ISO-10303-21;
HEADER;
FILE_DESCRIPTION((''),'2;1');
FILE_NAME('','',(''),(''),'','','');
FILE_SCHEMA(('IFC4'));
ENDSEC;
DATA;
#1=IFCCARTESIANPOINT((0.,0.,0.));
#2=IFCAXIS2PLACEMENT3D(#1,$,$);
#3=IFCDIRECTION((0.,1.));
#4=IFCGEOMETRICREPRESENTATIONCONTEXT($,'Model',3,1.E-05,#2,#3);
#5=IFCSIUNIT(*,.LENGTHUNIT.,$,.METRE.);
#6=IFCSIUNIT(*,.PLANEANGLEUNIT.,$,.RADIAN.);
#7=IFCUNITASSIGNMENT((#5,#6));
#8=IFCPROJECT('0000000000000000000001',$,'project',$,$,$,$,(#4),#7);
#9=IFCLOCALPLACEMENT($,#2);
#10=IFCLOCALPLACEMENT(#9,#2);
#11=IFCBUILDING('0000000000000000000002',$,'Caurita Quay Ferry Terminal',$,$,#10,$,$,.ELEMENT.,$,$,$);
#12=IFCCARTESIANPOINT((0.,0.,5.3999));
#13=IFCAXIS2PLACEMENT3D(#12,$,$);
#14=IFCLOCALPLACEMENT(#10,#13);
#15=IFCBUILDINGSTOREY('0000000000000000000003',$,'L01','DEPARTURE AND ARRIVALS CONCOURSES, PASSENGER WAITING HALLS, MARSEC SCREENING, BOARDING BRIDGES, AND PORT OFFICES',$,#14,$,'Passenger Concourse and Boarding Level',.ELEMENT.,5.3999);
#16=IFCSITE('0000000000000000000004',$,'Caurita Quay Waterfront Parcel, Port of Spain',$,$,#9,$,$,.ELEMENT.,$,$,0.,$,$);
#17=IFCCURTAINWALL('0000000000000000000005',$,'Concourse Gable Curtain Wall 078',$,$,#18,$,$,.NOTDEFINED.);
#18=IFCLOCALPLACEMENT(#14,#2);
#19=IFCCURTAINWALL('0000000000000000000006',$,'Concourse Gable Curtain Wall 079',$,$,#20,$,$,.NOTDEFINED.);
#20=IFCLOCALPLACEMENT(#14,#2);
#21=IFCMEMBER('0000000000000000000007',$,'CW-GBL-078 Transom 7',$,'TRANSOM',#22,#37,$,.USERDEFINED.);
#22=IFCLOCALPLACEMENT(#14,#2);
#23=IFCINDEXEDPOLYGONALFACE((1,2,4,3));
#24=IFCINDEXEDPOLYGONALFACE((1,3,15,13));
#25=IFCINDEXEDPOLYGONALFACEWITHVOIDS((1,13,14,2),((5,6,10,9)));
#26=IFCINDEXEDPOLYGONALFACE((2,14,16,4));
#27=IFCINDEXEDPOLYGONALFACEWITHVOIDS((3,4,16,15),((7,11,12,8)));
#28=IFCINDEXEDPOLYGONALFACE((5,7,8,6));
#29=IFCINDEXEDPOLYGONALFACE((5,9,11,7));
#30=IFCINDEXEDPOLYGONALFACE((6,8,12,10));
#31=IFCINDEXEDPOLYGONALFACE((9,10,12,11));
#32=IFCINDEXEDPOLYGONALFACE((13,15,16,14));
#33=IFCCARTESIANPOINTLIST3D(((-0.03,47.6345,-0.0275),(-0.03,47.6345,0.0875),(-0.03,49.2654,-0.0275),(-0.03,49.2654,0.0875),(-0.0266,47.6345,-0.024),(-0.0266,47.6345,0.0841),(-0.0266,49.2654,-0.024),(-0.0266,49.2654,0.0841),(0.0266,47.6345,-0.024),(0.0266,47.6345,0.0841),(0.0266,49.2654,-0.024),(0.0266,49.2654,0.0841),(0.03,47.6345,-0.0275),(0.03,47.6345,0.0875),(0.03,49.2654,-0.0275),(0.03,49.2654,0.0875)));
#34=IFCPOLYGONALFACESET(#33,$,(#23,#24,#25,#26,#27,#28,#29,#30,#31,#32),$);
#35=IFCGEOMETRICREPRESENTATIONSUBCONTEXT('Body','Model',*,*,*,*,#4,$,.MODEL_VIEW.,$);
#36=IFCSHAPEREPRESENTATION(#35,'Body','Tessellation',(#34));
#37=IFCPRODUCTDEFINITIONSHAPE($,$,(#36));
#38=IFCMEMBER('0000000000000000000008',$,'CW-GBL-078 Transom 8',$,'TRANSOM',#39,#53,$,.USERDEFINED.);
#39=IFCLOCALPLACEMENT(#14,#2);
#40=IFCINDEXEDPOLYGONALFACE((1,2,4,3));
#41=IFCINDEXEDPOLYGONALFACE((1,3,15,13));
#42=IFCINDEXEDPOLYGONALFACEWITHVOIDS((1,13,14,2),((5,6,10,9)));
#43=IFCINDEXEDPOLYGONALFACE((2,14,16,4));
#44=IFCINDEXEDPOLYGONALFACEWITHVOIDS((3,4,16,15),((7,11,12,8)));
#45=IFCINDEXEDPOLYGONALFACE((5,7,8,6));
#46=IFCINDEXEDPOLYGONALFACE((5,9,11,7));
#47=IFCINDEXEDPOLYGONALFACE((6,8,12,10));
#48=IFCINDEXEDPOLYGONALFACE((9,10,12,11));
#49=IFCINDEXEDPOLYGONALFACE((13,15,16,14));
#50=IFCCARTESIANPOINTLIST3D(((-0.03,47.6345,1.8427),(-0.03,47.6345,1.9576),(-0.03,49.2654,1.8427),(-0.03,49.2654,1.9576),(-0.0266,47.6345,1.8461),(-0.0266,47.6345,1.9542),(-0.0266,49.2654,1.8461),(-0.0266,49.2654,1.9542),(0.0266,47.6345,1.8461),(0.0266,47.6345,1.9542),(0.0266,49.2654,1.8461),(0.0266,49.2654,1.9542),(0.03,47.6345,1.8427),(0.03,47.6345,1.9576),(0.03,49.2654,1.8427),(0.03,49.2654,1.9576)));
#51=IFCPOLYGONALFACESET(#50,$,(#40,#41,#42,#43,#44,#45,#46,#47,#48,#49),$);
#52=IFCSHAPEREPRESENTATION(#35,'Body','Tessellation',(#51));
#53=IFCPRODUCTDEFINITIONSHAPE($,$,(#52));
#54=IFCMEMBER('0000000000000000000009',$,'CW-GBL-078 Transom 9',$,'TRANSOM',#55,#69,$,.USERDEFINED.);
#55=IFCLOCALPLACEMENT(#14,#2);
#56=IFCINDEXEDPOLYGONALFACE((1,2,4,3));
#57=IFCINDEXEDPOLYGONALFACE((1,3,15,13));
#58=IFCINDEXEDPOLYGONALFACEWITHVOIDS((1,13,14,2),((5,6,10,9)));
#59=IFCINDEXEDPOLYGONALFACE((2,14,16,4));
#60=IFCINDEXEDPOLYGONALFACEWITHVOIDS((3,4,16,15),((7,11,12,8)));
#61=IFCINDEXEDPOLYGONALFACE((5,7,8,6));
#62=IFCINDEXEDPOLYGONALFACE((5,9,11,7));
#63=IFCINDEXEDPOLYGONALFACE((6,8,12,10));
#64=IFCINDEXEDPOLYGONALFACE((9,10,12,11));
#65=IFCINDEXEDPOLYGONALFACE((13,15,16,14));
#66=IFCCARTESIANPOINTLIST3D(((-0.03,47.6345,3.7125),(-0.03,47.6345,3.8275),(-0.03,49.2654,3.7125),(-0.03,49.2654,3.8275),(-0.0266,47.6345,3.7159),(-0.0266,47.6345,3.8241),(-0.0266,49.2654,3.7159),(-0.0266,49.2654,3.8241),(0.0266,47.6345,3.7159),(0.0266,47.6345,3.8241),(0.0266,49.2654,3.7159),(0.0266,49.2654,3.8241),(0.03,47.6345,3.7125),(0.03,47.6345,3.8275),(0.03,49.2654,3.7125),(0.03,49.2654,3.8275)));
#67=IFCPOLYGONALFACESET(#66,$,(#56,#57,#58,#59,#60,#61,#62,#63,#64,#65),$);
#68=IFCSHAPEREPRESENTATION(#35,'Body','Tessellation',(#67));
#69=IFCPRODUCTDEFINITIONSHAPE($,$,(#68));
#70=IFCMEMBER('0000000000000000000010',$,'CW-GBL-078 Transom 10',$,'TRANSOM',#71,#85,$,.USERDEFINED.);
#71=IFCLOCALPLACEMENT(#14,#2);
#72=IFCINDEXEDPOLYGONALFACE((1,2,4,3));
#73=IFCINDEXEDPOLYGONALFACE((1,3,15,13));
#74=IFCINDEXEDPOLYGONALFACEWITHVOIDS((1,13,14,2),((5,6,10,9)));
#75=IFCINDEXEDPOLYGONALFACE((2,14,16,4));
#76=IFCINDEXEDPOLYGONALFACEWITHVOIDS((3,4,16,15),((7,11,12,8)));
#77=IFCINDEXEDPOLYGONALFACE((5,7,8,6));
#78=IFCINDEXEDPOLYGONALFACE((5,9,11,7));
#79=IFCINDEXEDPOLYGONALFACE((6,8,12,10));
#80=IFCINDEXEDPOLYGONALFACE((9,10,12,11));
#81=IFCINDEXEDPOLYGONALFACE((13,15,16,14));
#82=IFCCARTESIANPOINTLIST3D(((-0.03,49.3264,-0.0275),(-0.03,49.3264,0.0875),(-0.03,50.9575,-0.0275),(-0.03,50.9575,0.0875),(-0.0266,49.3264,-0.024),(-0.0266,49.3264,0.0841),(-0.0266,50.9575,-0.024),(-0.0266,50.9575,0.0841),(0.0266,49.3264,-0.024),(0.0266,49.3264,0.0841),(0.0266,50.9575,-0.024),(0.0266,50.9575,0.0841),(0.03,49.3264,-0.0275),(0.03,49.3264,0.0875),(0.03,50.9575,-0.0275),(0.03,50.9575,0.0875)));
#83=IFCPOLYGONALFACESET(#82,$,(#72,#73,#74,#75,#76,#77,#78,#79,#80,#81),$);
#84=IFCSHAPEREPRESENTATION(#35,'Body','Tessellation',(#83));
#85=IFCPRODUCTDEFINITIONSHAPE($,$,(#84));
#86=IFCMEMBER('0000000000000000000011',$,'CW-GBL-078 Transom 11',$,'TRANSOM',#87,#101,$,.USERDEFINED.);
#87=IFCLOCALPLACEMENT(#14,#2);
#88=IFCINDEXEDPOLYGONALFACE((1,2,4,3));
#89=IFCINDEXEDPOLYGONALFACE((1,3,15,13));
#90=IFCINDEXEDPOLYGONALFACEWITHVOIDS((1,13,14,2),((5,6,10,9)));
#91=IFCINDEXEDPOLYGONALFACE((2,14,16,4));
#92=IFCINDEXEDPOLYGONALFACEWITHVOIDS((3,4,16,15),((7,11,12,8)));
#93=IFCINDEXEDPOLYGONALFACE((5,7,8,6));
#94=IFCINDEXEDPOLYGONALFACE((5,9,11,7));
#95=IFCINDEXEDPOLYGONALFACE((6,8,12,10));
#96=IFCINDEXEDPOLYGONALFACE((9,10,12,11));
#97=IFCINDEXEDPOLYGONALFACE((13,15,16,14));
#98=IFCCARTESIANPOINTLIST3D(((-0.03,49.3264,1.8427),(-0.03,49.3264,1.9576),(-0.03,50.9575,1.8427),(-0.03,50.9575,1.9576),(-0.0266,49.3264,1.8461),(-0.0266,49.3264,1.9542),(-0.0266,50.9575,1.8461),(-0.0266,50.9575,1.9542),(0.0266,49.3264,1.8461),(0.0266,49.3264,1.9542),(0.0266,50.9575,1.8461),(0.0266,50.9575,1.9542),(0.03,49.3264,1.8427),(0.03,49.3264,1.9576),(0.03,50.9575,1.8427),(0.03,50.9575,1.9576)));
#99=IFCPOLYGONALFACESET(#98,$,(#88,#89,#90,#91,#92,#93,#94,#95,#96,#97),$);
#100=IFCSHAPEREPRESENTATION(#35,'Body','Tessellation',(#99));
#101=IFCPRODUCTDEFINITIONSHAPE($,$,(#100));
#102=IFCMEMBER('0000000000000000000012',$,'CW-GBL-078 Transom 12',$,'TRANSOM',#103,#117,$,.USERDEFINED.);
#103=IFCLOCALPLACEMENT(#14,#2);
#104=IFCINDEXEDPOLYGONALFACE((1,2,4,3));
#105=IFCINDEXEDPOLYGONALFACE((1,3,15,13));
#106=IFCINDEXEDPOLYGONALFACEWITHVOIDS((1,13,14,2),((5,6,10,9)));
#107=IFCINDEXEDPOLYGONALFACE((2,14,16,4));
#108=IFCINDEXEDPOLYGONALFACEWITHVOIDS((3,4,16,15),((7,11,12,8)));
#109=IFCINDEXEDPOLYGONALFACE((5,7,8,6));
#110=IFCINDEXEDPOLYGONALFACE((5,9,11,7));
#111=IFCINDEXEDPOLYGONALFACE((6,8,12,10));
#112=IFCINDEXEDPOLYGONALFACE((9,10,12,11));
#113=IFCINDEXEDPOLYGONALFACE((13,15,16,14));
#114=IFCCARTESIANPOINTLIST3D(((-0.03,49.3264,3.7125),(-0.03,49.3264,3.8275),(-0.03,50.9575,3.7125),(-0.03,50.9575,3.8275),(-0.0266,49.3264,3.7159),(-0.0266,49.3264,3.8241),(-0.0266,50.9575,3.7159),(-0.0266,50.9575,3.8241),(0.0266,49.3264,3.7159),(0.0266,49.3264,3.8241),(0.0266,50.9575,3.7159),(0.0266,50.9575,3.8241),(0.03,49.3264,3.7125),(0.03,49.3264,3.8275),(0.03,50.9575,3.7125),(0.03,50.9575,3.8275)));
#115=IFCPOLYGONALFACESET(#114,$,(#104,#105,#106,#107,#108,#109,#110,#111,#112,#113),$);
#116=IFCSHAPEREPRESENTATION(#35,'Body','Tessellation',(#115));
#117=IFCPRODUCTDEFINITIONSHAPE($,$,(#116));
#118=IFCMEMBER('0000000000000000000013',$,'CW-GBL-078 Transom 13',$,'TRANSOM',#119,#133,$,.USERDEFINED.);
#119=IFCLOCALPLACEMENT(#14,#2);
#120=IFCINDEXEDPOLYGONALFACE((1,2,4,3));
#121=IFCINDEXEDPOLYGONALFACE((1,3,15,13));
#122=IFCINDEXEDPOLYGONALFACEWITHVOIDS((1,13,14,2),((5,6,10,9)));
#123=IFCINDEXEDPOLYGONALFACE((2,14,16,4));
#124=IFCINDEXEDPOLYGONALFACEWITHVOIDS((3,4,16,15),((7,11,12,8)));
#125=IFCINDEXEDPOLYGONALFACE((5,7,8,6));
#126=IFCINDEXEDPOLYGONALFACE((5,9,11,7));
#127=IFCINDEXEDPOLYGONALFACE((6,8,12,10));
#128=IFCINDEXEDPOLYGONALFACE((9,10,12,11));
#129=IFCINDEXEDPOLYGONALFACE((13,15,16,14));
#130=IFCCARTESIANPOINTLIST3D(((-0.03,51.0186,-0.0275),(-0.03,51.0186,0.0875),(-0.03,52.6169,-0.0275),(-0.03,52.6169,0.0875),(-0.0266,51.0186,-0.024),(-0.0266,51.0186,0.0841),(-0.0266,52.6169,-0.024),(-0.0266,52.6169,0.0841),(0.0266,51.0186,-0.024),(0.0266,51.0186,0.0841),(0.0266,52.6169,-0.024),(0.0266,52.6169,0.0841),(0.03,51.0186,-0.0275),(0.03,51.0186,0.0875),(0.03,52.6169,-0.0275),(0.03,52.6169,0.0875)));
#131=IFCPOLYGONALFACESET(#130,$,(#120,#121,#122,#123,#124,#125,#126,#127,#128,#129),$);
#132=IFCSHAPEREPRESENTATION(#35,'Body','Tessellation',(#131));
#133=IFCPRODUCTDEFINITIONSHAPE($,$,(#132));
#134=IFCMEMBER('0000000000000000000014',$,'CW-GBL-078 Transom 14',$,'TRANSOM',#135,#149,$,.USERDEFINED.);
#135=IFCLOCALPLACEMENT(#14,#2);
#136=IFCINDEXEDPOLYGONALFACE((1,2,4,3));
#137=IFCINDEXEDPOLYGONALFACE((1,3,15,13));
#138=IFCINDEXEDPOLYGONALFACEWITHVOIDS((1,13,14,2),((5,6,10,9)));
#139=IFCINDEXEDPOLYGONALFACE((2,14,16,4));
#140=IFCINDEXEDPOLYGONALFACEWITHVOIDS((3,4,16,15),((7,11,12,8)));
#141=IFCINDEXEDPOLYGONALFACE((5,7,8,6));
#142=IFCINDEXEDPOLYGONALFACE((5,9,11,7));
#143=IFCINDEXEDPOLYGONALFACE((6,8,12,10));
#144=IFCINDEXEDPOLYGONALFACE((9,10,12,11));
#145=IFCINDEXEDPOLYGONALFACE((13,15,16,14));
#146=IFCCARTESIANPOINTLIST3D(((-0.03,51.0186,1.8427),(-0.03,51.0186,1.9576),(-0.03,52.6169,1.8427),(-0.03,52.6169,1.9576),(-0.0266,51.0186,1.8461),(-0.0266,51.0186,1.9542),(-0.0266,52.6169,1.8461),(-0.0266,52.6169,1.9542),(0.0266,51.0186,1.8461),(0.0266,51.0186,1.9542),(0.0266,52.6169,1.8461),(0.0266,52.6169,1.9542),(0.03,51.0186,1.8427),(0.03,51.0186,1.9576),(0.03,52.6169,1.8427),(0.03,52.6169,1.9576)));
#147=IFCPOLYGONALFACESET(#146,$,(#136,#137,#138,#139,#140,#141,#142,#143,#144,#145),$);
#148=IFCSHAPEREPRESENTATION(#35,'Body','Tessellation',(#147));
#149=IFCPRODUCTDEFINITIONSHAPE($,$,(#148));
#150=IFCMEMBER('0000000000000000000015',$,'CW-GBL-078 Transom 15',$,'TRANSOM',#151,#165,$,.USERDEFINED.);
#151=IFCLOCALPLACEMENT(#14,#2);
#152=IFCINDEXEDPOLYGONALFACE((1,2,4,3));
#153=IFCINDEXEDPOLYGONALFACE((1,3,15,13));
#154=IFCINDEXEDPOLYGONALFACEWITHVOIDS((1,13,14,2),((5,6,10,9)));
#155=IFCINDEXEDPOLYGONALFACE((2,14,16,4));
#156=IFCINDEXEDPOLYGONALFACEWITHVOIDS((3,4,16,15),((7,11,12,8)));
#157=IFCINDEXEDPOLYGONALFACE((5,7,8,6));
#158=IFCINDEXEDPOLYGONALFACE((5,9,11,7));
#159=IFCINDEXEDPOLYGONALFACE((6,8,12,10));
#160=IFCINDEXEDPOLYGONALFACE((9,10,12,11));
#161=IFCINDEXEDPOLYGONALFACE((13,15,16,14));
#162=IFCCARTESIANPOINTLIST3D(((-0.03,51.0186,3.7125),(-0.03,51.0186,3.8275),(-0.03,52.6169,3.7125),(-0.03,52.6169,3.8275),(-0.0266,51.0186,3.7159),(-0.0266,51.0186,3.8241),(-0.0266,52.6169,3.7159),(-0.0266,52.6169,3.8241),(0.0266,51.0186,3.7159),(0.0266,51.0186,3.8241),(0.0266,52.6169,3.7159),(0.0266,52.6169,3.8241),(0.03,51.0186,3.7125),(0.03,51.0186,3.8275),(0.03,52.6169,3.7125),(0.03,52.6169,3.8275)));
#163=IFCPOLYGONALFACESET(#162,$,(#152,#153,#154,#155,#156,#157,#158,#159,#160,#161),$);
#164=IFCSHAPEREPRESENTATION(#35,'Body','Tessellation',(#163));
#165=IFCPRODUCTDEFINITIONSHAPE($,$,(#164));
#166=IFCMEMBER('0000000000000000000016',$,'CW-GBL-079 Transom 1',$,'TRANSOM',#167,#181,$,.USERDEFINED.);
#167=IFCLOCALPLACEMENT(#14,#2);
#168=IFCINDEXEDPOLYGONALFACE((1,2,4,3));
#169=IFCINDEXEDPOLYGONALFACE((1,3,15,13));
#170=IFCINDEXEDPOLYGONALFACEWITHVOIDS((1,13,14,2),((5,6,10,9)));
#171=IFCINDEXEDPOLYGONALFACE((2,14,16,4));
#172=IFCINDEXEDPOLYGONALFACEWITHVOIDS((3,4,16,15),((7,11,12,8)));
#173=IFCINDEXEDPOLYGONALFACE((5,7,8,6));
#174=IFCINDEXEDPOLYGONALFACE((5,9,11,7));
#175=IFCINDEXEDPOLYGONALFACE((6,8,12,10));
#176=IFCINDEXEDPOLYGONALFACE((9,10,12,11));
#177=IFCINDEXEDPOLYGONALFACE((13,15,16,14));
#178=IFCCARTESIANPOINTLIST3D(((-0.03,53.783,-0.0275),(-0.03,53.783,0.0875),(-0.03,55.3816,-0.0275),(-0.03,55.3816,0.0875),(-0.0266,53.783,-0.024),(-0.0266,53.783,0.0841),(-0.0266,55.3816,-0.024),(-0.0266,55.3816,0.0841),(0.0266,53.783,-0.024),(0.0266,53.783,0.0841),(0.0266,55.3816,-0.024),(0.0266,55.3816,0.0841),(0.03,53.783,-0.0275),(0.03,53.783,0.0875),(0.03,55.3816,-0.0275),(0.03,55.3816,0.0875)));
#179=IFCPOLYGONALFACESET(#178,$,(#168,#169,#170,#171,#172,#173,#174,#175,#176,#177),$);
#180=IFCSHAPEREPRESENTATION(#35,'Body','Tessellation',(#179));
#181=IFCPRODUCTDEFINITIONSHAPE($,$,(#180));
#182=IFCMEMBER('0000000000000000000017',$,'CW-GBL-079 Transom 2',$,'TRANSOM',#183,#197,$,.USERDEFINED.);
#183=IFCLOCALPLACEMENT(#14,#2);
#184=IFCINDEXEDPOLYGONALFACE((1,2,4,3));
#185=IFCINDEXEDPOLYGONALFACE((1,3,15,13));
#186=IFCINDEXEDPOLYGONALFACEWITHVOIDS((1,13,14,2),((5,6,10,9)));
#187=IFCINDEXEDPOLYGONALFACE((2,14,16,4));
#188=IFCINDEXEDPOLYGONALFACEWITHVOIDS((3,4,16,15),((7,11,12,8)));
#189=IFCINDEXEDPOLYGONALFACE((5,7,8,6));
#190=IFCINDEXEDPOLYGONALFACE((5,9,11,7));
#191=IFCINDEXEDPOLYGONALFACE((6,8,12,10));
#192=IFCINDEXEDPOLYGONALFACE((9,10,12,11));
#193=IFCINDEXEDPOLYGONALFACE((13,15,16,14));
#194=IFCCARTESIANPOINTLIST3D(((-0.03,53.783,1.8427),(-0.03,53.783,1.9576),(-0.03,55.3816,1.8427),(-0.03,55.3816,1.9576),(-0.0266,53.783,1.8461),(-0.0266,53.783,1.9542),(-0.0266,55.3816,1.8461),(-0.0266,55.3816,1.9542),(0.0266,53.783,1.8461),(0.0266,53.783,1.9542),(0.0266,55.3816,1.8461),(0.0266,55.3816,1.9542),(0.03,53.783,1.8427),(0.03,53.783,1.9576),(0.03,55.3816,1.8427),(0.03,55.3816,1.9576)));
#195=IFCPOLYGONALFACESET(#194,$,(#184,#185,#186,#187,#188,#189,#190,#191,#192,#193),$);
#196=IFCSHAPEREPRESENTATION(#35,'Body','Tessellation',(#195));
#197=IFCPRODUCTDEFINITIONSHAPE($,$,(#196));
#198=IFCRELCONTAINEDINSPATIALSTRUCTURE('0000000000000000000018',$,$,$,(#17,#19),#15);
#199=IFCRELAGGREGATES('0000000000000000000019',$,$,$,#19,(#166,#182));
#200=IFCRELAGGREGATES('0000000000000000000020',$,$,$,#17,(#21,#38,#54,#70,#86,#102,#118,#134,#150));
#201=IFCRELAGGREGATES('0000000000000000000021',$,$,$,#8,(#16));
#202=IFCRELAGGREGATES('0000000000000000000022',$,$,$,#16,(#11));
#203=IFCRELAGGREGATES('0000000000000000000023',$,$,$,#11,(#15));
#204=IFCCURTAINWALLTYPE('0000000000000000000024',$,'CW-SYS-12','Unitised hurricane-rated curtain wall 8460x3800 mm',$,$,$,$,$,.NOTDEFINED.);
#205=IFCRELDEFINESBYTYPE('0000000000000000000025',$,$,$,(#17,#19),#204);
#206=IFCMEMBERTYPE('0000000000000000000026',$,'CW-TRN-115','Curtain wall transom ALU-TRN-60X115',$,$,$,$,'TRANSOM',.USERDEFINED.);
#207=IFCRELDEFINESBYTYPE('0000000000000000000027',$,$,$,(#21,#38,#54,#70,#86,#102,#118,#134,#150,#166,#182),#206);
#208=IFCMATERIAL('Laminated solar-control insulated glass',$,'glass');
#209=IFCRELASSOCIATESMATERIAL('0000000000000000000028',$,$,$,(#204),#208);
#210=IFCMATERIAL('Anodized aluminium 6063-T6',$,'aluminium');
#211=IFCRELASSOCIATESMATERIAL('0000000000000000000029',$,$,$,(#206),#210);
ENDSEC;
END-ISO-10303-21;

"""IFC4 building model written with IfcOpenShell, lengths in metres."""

from ifc_helpers import new_model, si_unit, direction, frame, origin, origin_2d, place, context, subcontext, project, spatial, hollow_rectangle, extrude, material, material_profile, profile_set, type_object, element, aggregate, save


model = new_model("IFC4")

# Units and contexts
model_context = context("Model", 3, precision=1e-05, world=origin(), true_north=direction((0.0, 1.0)))
body_context = subcontext(model_context, "Body", "Model", "MODEL_VIEW")
ifc_project = project(units=[si_unit("LENGTHUNIT", "METRE"), si_unit("PLANEANGLEUNIT", "RADIAN")], contexts=[model_context])

# Site, building, storey
site_placement = place(None, origin())
site = spatial("IfcSite", under=ifc_project, at=site_placement, Name="Caurita Quay Waterfront Parcel, Port of Spain", CompositionType="ELEMENT", RefElevation=0.0)
building_placement = place(site_placement, origin())
building = spatial("IfcBuilding", under=site, at=building_placement, Name="Caurita Quay Ferry Terminal", CompositionType="ELEMENT")
storey_placement = place(building_placement, frame((0.0, 0.0, 5.3999)))
storey = spatial("IfcBuildingStorey", under=building, at=storey_placement, Name="L01", Description="DEPARTURE AND ARRIVALS CONCOURSES, PASSENGER WAITING HALLS, MARSEC SCREENING, BOARDING BRIDGES, AND PORT OFFICES", LongName="Passenger Concourse and Boarding Level", CompositionType="ELEMENT", Elevation=5.3999)

# Curtain wall
ifc_material_1 = material(Name="Laminated solar-control insulated glass", Category="glass")
curtain_wall_type = type_object("IfcCurtainWallType", Name="CW-SYS-12", Description="Unitised hurricane-rated curtain wall 8460x3800 mm", PredefinedType="NOTDEFINED", material=ifc_material_1)
curtain_wall_1_placement = place(storey_placement, origin())
curtain_wall_1 = element("IfcCurtainWall", 1, at=curtain_wall_1_placement, inside=storey, type_object=curtain_wall_type, Name="Concourse Gable Curtain Wall 078", PredefinedType="NOTDEFINED")
ifc_material_2 = material(Name="Anodized aluminium 6063-T6", Category="aluminium")

# Curtain wall
curtain_wall_2_placement = place(storey_placement, origin())
curtain_wall_2 = element("IfcCurtainWall", 2, at=curtain_wall_2_placement, inside=storey, type_object=curtain_wall_type, Name="Concourse Gable Curtain Wall 079", PredefinedType="NOTDEFINED")

# Members
ifc_material_profile_1 = material_profile(ifc_material_2, hollow_rectangle(XDim=0.0601, YDim=0.115, WallThickness=0.0034, at=origin_2d()), Name="ALU-TRN-60X115")
ifc_profile_set_1 = profile_set([ifc_material_profile_1], Name="Anodized aluminium 6063-T6")
member_type_1 = type_object("IfcMemberType", Name="CW-TRN-115", Description="Curtain wall transom ALU-TRN-60X115", ElementType="TRANSOM", PredefinedType="USERDEFINED", material=ifc_profile_set_1)
member_1_placement = place(storey_placement, frame((0.0, 47.6345, 0.03), z_axis=(0.0, 1.0, 0.0), x_axis=(-1.0, 0.0, 0.0)))
member_1 = element("IfcMember", 3, at=member_1_placement, type_object=member_type_1, Name="CW-GBL-078 Transom 7", ObjectType="TRANSOM", PredefinedType="USERDEFINED", context=body_context, shape_type="SweptSolid", body=[
    extrude(hollow_rectangle(XDim=0.0601, YDim=0.115, WallThickness=0.0034, at=origin_2d()), origin(), (0.0, 0.0, 1.0), 1.6309),
])
member_2_placement = place(storey_placement, frame((0.0, 47.6345, 1.9001), z_axis=(0.0, 1.0, 0.0), x_axis=(-1.0, 0.0, 0.0)))
member_2 = element("IfcMember", 4, at=member_2_placement, type_object=member_type_1, Name="CW-GBL-078 Transom 8", ObjectType="TRANSOM", PredefinedType="USERDEFINED", context=body_context, shape_type="SweptSolid", body=[
    extrude(hollow_rectangle(XDim=0.0601, YDim=0.115, WallThickness=0.0034, at=origin_2d()), origin(), (0.0, 0.0, 1.0), 1.6309),
])
member_3_placement = place(storey_placement, frame((0.0, 47.6345, 3.77), z_axis=(0.0, 1.0, 0.0), x_axis=(-1.0, 0.0, 0.0)))
member_3 = element("IfcMember", 5, at=member_3_placement, type_object=member_type_1, Name="CW-GBL-078 Transom 9", ObjectType="TRANSOM", PredefinedType="USERDEFINED", context=body_context, shape_type="SweptSolid", body=[
    extrude(hollow_rectangle(XDim=0.0601, YDim=0.115, WallThickness=0.0034, at=origin_2d()), origin(), (0.0, 0.0, 1.0), 1.6309),
])
member_4_placement = place(storey_placement, frame((0.0, 49.3264, 0.03), z_axis=(0.0, 1.0, 0.0), x_axis=(-1.0, 0.0, 0.0)))
member_4 = element("IfcMember", 6, at=member_4_placement, type_object=member_type_1, Name="CW-GBL-078 Transom 10", ObjectType="TRANSOM", PredefinedType="USERDEFINED", context=body_context, shape_type="SweptSolid", body=[
    extrude(hollow_rectangle(XDim=0.0601, YDim=0.115, WallThickness=0.0034, at=origin_2d()), origin(), (0.0, 0.0, 1.0), 1.6311),
])
member_5_placement = place(storey_placement, frame((0.0, 49.3264, 1.9001), z_axis=(0.0, 1.0, 0.0), x_axis=(-1.0, 0.0, 0.0)))
member_5 = element("IfcMember", 7, at=member_5_placement, type_object=member_type_1, Name="CW-GBL-078 Transom 11", ObjectType="TRANSOM", PredefinedType="USERDEFINED", context=body_context, shape_type="SweptSolid", body=[
    extrude(hollow_rectangle(XDim=0.0601, YDim=0.115, WallThickness=0.0034, at=origin_2d()), origin(), (0.0, 0.0, 1.0), 1.6311),
])
member_6_placement = place(storey_placement, frame((0.0, 49.3264, 3.77), z_axis=(0.0, 1.0, 0.0), x_axis=(-1.0, 0.0, 0.0)))
member_6 = element("IfcMember", 8, at=member_6_placement, type_object=member_type_1, Name="CW-GBL-078 Transom 12", ObjectType="TRANSOM", PredefinedType="USERDEFINED", context=body_context, shape_type="SweptSolid", body=[
    extrude(hollow_rectangle(XDim=0.0601, YDim=0.115, WallThickness=0.0034, at=origin_2d()), origin(), (0.0, 0.0, 1.0), 1.6311),
])
member_7_placement = place(storey_placement, frame((0.0, 51.0186, 0.03), z_axis=(0.0, 1.0, 0.0), x_axis=(-1.0, 0.0, 0.0)))
member_7 = element("IfcMember", 9, at=member_7_placement, type_object=member_type_1, Name="CW-GBL-078 Transom 13", ObjectType="TRANSOM", PredefinedType="USERDEFINED", context=body_context, shape_type="SweptSolid", body=[
    extrude(hollow_rectangle(XDim=0.0601, YDim=0.115, WallThickness=0.0034, at=origin_2d()), origin(), (0.0, 0.0, 1.0), 1.5984),
])
member_8_placement = place(storey_placement, frame((0.0, 51.0186, 1.9001), z_axis=(0.0, 1.0, 0.0), x_axis=(-1.0, 0.0, 0.0)))
member_8 = element("IfcMember", 10, at=member_8_placement, type_object=member_type_1, Name="CW-GBL-078 Transom 14", ObjectType="TRANSOM", PredefinedType="USERDEFINED", context=body_context, shape_type="SweptSolid", body=[
    extrude(hollow_rectangle(XDim=0.0601, YDim=0.115, WallThickness=0.0034, at=origin_2d()), origin(), (0.0, 0.0, 1.0), 1.5984),
])
member_9_placement = place(storey_placement, frame((0.0, 51.0186, 3.77), z_axis=(0.0, 1.0, 0.0), x_axis=(-1.0, 0.0, 0.0)))
member_9 = element("IfcMember", 11, at=member_9_placement, type_object=member_type_1, Name="CW-GBL-078 Transom 15", ObjectType="TRANSOM", PredefinedType="USERDEFINED", context=body_context, shape_type="SweptSolid", body=[
    extrude(hollow_rectangle(XDim=0.0601, YDim=0.115, WallThickness=0.0034, at=origin_2d()), origin(), (0.0, 0.0, 1.0), 1.5984),
])
member_10_placement = place(storey_placement, frame((0.0, 53.783, 0.03), z_axis=(0.0, 1.0, 0.0), x_axis=(-1.0, 0.0, 0.0)))
member_10 = element("IfcMember", 12, at=member_10_placement, type_object=member_type_1, Name="CW-GBL-079 Transom 1", ObjectType="TRANSOM", PredefinedType="USERDEFINED", context=body_context, shape_type="SweptSolid", body=[
    extrude(hollow_rectangle(XDim=0.0601, YDim=0.115, WallThickness=0.0034, at=origin_2d()), origin(), (0.0, 0.0, 1.0), 1.5986),
])
member_11_placement = place(storey_placement, frame((0.0, 53.783, 1.9001), z_axis=(0.0, 1.0, 0.0), x_axis=(-1.0, 0.0, 0.0)))
member_11 = element("IfcMember", 13, at=member_11_placement, type_object=member_type_1, Name="CW-GBL-079 Transom 2", ObjectType="TRANSOM", PredefinedType="USERDEFINED", context=body_context, shape_type="SweptSolid", body=[
    extrude(hollow_rectangle(XDim=0.0601, YDim=0.115, WallThickness=0.0034, at=origin_2d()), origin(), (0.0, 0.0, 1.0), 1.5986),
])
aggregate(curtain_wall_2, [member_10, member_11])

aggregate(curtain_wall_1, [member_1, member_2, member_3, member_4, member_5, member_6, member_7, member_8, member_9])

save(model, "model.ifc")
